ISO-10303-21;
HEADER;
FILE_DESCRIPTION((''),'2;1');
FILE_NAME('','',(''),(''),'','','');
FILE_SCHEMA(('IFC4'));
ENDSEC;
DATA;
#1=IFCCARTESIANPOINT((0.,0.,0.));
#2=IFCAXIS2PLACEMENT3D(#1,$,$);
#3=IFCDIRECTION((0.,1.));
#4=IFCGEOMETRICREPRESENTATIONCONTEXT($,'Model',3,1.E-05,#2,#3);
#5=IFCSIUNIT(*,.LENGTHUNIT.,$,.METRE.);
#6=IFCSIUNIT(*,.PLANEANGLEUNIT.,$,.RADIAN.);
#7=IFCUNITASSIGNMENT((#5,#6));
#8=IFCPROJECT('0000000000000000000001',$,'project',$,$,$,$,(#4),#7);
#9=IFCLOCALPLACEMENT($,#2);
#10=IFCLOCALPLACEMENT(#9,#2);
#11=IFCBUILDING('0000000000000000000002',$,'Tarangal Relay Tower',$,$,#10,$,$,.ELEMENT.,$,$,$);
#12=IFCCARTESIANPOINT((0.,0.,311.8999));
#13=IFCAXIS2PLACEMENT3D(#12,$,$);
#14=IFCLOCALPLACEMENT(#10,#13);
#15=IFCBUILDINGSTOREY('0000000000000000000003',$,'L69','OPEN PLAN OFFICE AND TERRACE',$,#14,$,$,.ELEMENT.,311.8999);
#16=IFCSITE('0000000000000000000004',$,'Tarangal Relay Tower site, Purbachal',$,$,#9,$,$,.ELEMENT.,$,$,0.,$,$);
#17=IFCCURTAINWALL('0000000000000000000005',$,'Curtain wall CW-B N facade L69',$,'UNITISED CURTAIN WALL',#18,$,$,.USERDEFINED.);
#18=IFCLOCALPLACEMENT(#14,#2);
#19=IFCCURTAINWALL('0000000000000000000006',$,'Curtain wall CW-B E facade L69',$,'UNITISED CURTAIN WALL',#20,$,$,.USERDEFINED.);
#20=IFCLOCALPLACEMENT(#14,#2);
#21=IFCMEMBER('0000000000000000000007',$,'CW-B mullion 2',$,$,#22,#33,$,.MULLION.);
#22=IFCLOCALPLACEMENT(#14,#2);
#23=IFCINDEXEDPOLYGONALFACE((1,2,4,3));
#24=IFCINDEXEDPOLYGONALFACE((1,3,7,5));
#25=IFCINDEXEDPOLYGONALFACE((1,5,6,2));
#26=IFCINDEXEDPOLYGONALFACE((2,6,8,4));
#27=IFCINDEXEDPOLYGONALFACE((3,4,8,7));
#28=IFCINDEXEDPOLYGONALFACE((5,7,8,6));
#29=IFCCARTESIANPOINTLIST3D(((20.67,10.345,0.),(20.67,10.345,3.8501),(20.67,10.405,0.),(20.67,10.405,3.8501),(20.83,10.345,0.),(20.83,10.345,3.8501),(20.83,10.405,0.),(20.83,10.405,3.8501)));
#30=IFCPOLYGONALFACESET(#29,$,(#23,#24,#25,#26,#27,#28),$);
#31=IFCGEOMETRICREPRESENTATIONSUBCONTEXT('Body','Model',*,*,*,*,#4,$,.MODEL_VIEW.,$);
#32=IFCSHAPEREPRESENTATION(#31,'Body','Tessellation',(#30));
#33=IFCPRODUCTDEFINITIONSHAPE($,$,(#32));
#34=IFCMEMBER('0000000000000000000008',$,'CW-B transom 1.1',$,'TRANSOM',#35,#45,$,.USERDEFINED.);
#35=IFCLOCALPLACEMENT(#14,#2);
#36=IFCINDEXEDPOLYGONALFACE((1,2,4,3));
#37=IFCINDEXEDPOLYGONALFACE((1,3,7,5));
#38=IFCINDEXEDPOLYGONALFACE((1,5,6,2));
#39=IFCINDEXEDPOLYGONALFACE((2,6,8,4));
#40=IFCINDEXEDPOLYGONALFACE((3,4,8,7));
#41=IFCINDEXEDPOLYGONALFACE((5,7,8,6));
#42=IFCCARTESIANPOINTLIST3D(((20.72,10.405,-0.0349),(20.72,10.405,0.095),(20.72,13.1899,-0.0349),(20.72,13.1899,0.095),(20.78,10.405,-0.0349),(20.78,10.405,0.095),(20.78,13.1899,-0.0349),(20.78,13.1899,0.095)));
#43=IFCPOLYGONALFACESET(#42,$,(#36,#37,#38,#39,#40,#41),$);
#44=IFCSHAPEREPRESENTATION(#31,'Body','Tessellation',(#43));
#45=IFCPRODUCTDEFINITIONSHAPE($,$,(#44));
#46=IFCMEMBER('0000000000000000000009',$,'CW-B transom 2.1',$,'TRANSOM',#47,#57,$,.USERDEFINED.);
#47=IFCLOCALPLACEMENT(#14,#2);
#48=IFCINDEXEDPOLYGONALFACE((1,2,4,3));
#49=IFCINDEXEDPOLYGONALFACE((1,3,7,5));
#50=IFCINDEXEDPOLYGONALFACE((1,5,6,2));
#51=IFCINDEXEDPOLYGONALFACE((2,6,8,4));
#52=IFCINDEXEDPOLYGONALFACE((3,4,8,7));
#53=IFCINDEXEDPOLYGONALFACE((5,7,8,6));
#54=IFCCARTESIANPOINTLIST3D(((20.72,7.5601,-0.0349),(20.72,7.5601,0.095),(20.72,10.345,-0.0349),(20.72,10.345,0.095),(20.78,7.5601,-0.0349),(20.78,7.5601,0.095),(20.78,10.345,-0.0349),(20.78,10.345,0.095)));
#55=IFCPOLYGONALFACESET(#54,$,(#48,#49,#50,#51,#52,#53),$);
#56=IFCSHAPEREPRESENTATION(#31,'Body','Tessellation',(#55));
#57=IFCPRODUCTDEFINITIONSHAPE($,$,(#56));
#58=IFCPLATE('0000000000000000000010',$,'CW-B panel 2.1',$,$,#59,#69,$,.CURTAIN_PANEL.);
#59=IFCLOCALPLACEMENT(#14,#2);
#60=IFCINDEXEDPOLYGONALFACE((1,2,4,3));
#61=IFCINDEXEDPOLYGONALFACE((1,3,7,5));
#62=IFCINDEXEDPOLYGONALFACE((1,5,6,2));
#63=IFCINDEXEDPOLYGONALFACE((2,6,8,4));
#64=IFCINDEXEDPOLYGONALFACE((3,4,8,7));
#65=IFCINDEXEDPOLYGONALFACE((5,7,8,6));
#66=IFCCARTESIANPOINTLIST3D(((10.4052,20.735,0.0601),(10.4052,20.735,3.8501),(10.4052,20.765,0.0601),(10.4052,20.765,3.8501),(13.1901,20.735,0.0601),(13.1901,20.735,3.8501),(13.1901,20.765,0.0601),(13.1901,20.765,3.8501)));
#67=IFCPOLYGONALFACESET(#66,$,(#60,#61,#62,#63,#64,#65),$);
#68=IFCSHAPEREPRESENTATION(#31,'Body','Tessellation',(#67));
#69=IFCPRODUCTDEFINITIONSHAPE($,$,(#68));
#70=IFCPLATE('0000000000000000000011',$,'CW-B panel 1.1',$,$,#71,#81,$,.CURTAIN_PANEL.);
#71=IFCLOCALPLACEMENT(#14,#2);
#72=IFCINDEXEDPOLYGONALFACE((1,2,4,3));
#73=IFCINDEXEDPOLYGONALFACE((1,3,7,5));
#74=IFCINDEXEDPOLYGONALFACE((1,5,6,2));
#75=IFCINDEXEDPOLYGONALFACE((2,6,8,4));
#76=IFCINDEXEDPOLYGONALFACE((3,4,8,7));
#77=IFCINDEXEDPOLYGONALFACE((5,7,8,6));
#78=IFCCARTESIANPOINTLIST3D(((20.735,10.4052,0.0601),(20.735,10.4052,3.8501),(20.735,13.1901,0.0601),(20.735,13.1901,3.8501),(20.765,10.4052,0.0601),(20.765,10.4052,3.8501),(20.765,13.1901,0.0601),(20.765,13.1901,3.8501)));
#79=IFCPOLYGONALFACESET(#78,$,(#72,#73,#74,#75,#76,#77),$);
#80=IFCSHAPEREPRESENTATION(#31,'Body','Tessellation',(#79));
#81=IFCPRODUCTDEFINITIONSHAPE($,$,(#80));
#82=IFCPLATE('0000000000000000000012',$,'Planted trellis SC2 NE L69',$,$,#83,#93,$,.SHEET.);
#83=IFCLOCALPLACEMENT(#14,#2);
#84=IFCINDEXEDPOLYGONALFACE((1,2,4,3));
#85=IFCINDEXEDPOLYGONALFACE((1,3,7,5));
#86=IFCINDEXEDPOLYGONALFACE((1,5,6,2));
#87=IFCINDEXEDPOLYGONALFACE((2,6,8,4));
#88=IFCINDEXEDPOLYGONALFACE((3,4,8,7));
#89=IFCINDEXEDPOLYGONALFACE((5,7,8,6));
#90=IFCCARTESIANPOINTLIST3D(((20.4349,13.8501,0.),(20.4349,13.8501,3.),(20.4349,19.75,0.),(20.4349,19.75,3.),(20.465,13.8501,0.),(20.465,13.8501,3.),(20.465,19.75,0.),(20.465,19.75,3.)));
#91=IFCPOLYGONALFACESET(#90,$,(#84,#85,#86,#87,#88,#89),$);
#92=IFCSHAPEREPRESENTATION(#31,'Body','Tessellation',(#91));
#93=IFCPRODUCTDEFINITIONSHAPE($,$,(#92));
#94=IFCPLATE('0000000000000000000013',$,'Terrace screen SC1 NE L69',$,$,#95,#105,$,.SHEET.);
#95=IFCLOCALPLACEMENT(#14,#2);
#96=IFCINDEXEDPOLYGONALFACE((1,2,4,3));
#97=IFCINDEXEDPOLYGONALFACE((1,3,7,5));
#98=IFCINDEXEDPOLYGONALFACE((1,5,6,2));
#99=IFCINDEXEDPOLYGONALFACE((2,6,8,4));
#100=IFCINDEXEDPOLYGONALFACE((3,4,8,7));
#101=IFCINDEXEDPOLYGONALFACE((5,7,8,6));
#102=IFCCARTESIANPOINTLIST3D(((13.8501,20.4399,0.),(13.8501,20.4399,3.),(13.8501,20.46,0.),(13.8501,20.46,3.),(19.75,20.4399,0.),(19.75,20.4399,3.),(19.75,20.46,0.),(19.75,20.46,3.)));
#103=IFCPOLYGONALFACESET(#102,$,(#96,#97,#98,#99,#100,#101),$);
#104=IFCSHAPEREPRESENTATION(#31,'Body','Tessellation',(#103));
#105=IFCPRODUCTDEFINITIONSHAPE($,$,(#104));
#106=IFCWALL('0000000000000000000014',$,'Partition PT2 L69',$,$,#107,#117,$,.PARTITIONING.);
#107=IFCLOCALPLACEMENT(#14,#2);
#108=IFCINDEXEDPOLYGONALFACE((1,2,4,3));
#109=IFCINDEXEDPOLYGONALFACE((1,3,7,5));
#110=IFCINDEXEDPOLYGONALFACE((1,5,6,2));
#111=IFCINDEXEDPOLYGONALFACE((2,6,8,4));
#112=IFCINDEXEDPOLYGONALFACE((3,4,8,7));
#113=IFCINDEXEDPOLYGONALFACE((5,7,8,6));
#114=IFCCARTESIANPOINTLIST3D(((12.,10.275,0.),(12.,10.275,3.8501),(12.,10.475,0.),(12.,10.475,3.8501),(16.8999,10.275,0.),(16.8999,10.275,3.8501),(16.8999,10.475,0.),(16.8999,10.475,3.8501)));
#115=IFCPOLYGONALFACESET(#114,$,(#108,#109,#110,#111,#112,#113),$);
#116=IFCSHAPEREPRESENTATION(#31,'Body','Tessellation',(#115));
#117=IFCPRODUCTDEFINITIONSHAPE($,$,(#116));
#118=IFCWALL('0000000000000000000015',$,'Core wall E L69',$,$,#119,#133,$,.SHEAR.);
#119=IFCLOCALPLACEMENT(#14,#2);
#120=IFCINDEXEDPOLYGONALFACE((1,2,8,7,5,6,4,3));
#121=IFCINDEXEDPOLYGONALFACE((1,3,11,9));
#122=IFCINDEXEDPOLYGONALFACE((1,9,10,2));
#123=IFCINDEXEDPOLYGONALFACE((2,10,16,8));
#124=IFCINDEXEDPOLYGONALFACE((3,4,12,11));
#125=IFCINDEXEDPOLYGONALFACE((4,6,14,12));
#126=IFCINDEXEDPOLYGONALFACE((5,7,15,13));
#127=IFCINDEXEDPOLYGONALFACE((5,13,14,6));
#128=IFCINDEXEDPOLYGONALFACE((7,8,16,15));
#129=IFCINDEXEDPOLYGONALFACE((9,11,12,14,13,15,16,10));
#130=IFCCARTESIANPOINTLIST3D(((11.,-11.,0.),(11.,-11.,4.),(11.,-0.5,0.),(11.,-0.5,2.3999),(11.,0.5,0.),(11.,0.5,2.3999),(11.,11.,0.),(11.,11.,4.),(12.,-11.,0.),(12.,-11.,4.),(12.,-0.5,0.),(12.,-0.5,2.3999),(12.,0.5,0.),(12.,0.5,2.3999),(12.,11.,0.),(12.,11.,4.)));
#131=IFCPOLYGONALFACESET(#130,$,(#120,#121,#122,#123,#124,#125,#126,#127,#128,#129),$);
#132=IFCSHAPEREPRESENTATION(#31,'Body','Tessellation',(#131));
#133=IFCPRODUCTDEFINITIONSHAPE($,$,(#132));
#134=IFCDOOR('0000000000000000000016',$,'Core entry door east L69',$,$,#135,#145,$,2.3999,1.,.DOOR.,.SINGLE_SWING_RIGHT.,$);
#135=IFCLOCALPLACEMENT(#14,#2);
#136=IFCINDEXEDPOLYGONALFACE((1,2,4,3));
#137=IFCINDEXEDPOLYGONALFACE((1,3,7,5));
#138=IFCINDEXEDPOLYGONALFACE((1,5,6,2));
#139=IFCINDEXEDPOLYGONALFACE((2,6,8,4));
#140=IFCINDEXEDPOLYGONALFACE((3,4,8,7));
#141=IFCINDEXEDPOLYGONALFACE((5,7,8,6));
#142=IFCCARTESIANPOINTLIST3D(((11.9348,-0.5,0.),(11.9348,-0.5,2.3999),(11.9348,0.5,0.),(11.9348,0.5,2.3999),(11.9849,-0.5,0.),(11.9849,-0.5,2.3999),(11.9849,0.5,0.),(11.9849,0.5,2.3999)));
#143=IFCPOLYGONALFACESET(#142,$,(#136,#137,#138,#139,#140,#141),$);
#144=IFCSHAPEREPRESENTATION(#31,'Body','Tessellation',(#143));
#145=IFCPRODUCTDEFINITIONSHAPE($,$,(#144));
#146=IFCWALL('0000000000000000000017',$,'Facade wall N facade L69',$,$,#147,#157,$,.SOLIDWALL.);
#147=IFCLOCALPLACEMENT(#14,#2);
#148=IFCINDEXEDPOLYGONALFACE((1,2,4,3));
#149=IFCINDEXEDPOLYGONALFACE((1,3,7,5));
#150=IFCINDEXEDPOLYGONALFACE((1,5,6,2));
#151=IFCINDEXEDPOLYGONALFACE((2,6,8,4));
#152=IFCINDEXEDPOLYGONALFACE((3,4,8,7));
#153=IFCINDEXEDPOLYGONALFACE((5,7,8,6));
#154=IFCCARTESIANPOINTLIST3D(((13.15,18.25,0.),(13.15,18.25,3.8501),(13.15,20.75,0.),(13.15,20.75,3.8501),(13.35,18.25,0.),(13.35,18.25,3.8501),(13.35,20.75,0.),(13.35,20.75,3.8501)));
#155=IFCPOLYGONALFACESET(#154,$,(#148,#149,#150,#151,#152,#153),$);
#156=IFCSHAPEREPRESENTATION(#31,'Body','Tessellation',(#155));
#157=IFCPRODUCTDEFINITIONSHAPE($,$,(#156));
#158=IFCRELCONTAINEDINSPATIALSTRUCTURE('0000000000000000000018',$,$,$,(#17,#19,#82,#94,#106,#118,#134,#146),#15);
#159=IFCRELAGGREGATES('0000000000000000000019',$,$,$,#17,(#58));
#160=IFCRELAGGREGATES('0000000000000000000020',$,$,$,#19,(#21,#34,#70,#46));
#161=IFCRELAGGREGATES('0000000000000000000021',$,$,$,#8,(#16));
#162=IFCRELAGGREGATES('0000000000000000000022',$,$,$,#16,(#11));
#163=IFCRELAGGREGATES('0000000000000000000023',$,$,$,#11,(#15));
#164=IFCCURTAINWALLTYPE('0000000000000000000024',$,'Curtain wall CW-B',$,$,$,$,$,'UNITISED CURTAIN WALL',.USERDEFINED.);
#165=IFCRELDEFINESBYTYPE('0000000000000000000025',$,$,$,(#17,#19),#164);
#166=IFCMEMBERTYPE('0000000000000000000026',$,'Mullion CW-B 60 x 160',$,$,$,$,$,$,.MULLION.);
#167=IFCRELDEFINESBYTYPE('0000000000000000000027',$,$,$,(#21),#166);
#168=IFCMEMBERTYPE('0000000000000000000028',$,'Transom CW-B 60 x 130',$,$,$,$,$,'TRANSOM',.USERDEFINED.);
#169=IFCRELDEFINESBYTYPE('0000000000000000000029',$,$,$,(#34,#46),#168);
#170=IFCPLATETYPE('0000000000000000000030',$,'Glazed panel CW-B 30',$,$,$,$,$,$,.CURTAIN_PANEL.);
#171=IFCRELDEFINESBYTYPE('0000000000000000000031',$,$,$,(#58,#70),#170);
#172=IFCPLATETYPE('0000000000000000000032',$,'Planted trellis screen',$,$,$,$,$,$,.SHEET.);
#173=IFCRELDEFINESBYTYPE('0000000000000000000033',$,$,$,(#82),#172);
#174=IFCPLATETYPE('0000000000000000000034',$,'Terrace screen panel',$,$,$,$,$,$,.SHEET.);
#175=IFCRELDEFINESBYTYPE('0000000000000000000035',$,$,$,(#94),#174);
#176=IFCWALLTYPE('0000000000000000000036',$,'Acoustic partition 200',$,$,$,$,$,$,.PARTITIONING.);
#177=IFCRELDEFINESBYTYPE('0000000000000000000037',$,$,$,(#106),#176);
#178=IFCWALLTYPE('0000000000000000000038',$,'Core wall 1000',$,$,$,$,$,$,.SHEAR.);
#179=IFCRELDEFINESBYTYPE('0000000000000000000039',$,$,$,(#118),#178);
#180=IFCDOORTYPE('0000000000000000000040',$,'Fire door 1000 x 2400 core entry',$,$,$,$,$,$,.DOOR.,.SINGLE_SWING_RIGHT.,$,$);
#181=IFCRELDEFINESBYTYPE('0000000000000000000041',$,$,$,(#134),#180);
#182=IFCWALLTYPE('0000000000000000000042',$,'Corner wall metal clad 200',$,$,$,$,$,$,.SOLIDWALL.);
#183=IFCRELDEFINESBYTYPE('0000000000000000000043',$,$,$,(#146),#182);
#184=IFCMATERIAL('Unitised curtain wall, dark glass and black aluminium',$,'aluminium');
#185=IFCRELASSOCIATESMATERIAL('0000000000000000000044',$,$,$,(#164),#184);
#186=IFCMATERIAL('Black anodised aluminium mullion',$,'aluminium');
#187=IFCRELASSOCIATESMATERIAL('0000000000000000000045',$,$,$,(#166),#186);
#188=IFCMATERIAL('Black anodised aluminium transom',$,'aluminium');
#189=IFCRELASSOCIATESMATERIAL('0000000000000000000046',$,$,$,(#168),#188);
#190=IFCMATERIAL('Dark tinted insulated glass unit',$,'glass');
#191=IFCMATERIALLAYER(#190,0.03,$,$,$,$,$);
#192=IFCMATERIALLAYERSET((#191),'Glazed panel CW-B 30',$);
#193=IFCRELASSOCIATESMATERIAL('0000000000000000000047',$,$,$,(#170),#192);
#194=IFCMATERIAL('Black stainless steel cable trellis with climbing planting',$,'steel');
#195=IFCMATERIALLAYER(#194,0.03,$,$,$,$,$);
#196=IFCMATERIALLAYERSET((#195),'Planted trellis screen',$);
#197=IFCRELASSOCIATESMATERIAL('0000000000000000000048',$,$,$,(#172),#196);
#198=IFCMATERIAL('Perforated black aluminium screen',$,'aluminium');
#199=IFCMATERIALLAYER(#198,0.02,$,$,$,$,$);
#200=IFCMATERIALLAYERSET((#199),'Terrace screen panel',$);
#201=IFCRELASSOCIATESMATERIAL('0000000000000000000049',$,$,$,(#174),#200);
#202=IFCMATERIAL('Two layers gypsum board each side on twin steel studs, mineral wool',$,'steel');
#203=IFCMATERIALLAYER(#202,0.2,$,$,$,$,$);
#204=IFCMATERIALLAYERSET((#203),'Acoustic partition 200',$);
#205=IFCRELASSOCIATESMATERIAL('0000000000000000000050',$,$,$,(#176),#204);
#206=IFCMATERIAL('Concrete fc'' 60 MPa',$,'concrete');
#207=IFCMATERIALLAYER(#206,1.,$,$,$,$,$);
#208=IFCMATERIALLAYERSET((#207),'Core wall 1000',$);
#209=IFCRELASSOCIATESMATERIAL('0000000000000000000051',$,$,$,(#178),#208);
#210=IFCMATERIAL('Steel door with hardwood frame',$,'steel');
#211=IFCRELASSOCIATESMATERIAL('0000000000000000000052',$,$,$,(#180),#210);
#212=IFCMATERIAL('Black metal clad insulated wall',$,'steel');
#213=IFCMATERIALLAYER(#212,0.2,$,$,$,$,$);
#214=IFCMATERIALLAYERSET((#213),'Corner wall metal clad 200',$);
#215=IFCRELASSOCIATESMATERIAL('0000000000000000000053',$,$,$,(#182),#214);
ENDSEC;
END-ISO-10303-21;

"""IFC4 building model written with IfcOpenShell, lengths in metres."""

from ifc_helpers import new_model, si_unit, direction, frame, frame_2d, origin, origin_2d, place, context, subcontext, project, spatial, rectangle, extrude, material, layer, layer_set, material_profile, profile_set, type_object, element, fill, aggregate, save


model = new_model("IFC4")

# Units and contexts
model_context = context("Model", 3, precision=1e-05, world=origin(), true_north=direction((0.0, 1.0)))
body_context = subcontext(model_context, "Body", "Model", "MODEL_VIEW")
ifc_project = project(units=[si_unit("LENGTHUNIT", "METRE"), si_unit("PLANEANGLEUNIT", "RADIAN")], contexts=[model_context])

# Site, building, storey
site_placement = place(None, origin())
site = spatial("IfcSite", under=ifc_project, at=site_placement, Name="Tarangal Relay Tower site, Purbachal", CompositionType="ELEMENT", RefElevation=0.0)
building_placement = place(site_placement, origin())
building = spatial("IfcBuilding", under=site, at=building_placement, Name="Tarangal Relay Tower", CompositionType="ELEMENT")
storey_placement = place(building_placement, frame((0.0, 0.0, 311.8999)))
storey = spatial("IfcBuildingStorey", under=building, at=storey_placement, Name="L69", Description="OPEN PLAN OFFICE AND TERRACE", CompositionType="ELEMENT", Elevation=311.8999)

# Curtain wall
ifc_material_1 = material(Name="Unitised curtain wall, dark glass and black aluminium", Category="aluminium")
curtain_wall_type = type_object("IfcCurtainWallType", Name="Curtain wall CW-B", ElementType="UNITISED CURTAIN WALL", PredefinedType="USERDEFINED", material=ifc_material_1)
curtain_wall_1_placement = place(storey_placement, origin())
curtain_wall_1 = element("IfcCurtainWall", 1, at=curtain_wall_1_placement, inside=storey, type_object=curtain_wall_type, Name="Curtain wall CW-B N facade L69", ObjectType="UNITISED CURTAIN WALL", PredefinedType="USERDEFINED")
ifc_material_2 = material(Name="Black anodised aluminium mullion", Category="aluminium")
ifc_material_profile_1 = material_profile(ifc_material_2, rectangle(XDim=0.1599, YDim=0.0601, at=origin_2d()), Name="CW-BM 60X160")
ifc_profile_set_1 = profile_set([ifc_material_profile_1], Name="Black anodised aluminium mullion")
member_type_1 = type_object("IfcMemberType", Name="Mullion CW-B 60 x 160", PredefinedType="MULLION", material=ifc_profile_set_1)

# Curtain wall, members
curtain_wall_2_placement = place(storey_placement, origin())
curtain_wall_2 = element("IfcCurtainWall", 2, at=curtain_wall_2_placement, inside=storey, type_object=curtain_wall_type, Name="Curtain wall CW-B E facade L69", ObjectType="UNITISED CURTAIN WALL", PredefinedType="USERDEFINED")
member_1_placement = place(storey_placement, frame((20.75, 10.375, 0.0), z_axis=(0.0, 0.0, 1.0), x_axis=(1.0, 0.0, 0.0)))
member_1 = element("IfcMember", 3, at=member_1_placement, type_object=member_type_1, Name="CW-B mullion 2", PredefinedType="MULLION", context=body_context, shape_type="SweptSolid", body=[
    extrude(rectangle(XDim=0.1599, YDim=0.0601, at=origin_2d()), origin(), (0.0, 0.0, 1.0), 3.8501),
])
ifc_material_3 = material(Name="Black anodised aluminium transom", Category="aluminium")
ifc_material_profile_2 = material_profile(ifc_material_3, rectangle(XDim=0.0601, YDim=0.1299, at=origin_2d()), Name="CW-BT 60X130")
ifc_profile_set_2 = profile_set([ifc_material_profile_2], Name="Black anodised aluminium transom")
member_type_2 = type_object("IfcMemberType", Name="Transom CW-B 60 x 130", ElementType="TRANSOM", PredefinedType="USERDEFINED", material=ifc_profile_set_2)
member_2_placement = place(storey_placement, frame((20.75, 13.1899, 0.03), z_axis=(0.0, -1.0, 0.0), x_axis=(1.0, 0.0, 0.0)))
member_2 = element("IfcMember", 4, at=member_2_placement, type_object=member_type_2, Name="CW-B transom 1.1", ObjectType="TRANSOM", PredefinedType="USERDEFINED", context=body_context, shape_type="SweptSolid", body=[
    extrude(rectangle(XDim=0.0601, YDim=0.1299, at=origin_2d()), origin(), (0.0, 0.0, 1.0), 2.7849),
])
member_3_placement = place(storey_placement, frame((20.75, 10.345, 0.03), z_axis=(0.0, -1.0, 0.0), x_axis=(1.0, 0.0, 0.0)))
member_3 = element("IfcMember", 5, at=member_3_placement, type_object=member_type_2, Name="CW-B transom 2.1", ObjectType="TRANSOM", PredefinedType="USERDEFINED", context=body_context, shape_type="SweptSolid", body=[
    extrude(rectangle(XDim=0.0601, YDim=0.1299, at=origin_2d()), origin(), (0.0, 0.0, 1.0), 2.7849),
])

# Plates
ifc_material_4 = material(Name="Dark tinted insulated glass unit", Category="glass")
ifc_layer_1 = layer(ifc_material_4, 0.03)
ifc_layer_set_1 = layer_set([ifc_layer_1], Name="Glazed panel CW-B 30")
plate_type_1 = type_object("IfcPlateType", Name="Glazed panel CW-B 30", PredefinedType="CURTAIN_PANEL", material=ifc_layer_set_1)
plate_1_placement = place(storey_placement, frame((11.7976, 20.75, 0.0601), z_axis=(0.0, 0.0, 1.0), x_axis=(1.0, 0.0, 0.0)))
plate_1 = element("IfcPlate", 6, at=plate_1_placement, type_object=plate_type_1, Name="CW-B panel 2.1", PredefinedType="CURTAIN_PANEL", context=body_context, shape_type="SweptSolid", body=[
    extrude(rectangle(XDim=2.7849, YDim=0.03, at=origin_2d()), origin(), (0.0, 0.0, 1.0), 3.79),
])
aggregate(curtain_wall_1, [plate_1])
plate_2_placement = place(storey_placement, frame((20.75, 11.7976, 0.0601), z_axis=(0.0, 0.0, 1.0), x_axis=(0.0, -1.0, 0.0)))
plate_2 = element("IfcPlate", 7, at=plate_2_placement, type_object=plate_type_1, Name="CW-B panel 1.1", PredefinedType="CURTAIN_PANEL", context=body_context, shape_type="SweptSolid", body=[
    extrude(rectangle(XDim=2.7849, YDim=0.03, at=origin_2d()), origin(), (0.0, 0.0, 1.0), 3.79),
])
aggregate(curtain_wall_2, [member_1, member_2, plate_2, member_3])

# Plates
ifc_material_5 = material(Name="Black stainless steel cable trellis with climbing planting", Category="steel")
ifc_layer_2 = layer(ifc_material_5, 0.03)
ifc_layer_set_2 = layer_set([ifc_layer_2], Name="Planted trellis screen")
plate_type_2 = type_object("IfcPlateType", Name="Planted trellis screen", PredefinedType="SHEET", material=ifc_layer_set_2)
plate_3_placement = place(storey_placement, frame((20.45, 16.8, 0.0), z_axis=(0.0, 0.0, 1.0), x_axis=(0.0, -1.0, 0.0)))
element("IfcPlate", 8, at=plate_3_placement, inside=storey, type_object=plate_type_2, Name="Planted trellis SC2 NE L69", PredefinedType="SHEET", context=body_context, shape_type="SweptSolid", body=[
    extrude(rectangle(XDim=5.8999, YDim=0.03, at=origin_2d()), origin(), (0.0, 0.0, 1.0), 3.0),
])
ifc_material_6 = material(Name="Perforated black aluminium screen", Category="aluminium")
ifc_layer_3 = layer(ifc_material_6, 0.02)
ifc_layer_set_3 = layer_set([ifc_layer_3], Name="Terrace screen panel")
plate_type_3 = type_object("IfcPlateType", Name="Terrace screen panel", PredefinedType="SHEET", material=ifc_layer_set_3)
plate_4_placement = place(storey_placement, frame((16.8, 20.45, 0.0), z_axis=(0.0, 0.0, 1.0), x_axis=(1.0, 0.0, 0.0)))
element("IfcPlate", 9, at=plate_4_placement, inside=storey, type_object=plate_type_3, Name="Terrace screen SC1 NE L69", PredefinedType="SHEET", context=body_context, shape_type="SweptSolid", body=[
    extrude(rectangle(XDim=5.8999, YDim=0.02, at=origin_2d()), origin(), (0.0, 0.0, 1.0), 3.0),
])

# Wall
ifc_material_7 = material(Name="Two layers gypsum board each side on twin steel studs, mineral wool", Category="steel")
ifc_layer_4 = layer(ifc_material_7, 0.2)
ifc_layer_set_4 = layer_set([ifc_layer_4], Name="Acoustic partition 200")
wall_type_1 = type_object("IfcWallType", Name="Acoustic partition 200", PredefinedType="PARTITIONING", material=ifc_layer_set_4)
wall_1_placement = place(storey_placement, frame((12.0, 10.375, 0.0), z_axis=(0.0, 0.0, 1.0), x_axis=(1.0, 0.0, 0.0)))
element("IfcWall", 10, at=wall_1_placement, inside=storey, type_object=wall_type_1, Name="Partition PT2 L69", PredefinedType="PARTITIONING", context=body_context, shape_type="SweptSolid", body=[
    extrude(rectangle(XDim=4.8999, YDim=0.2, at=frame_2d((2.45, 0.0))), origin(), (0.0, 0.0, 1.0), 3.8501),
])

# Wall, opening, door
ifc_material_8 = material(Name="Concrete fc' 60 MPa", Category="concrete")
ifc_layer_5 = layer(ifc_material_8, 1.0)
ifc_layer_set_5 = layer_set([ifc_layer_5], Name="Core wall 1000")
wall_type_2 = type_object("IfcWallType", Name="Core wall 1000", PredefinedType="SHEAR", material=ifc_layer_set_5)
wall_2_placement = place(storey_placement, frame((11.5, 11.0, 0.0), z_axis=(0.0, 0.0, 1.0), x_axis=(0.0, -1.0, 0.0)))
wall_2 = element("IfcWall", 11, at=wall_2_placement, inside=storey, type_object=wall_type_2, Name="Core wall E L69", PredefinedType="SHEAR", context=body_context, shape_type="SweptSolid", body=[
    extrude(rectangle(XDim=22.0, YDim=1.0, at=frame_2d((11.0, 0.0))), origin(), (0.0, 0.0, 1.0), 4.0),
])
opening_1_placement = place(wall_2_placement, frame((10.5, 0.0, 0.0)))
opening_1 = element("IfcOpeningElement", 12, at=opening_1_placement, cuts=wall_2, PredefinedType="OPENING", context=body_context, shape_type="SweptSolid", body=[
    extrude(rectangle(XDim=1.0, YDim=2.3999, at=frame_2d((0.5, 1.2))), frame((0.0, 0.51, 0.0), z_axis=(0.0, -1.0, 0.0), x_axis=(1.0, 0.0, 0.0)), (0.0, 0.0, 1.0), 1.02),
])
ifc_material_9 = material(Name="Steel door with hardwood frame", Category="steel")
door_type_1 = type_object("IfcDoorType", Name="Fire door 1000 x 2400 core entry", OperationType="SINGLE_SWING_RIGHT", PredefinedType="DOOR", material=ifc_material_9)
door_1_placement = place(opening_1_placement, origin())
door_1 = element("IfcDoor", 13, at=door_1_placement, inside=storey, type_object=door_type_1, Name="Core entry door east L69", OperationType="SINGLE_SWING_RIGHT", OverallHeight=2.3999, OverallWidth=1.0, PredefinedType="DOOR", context=body_context, shape_type="SweptSolid", body=[
    extrude(rectangle(XDim=1.0, YDim=2.3999, at=frame_2d((0.5, 1.2))), frame((0.0, 0.4849, 0.0), z_axis=(0.0, -1.0, 0.0), x_axis=(1.0, 0.0, 0.0)), (0.0, 0.0, 1.0), 0.05),
])
fill(opening_1, door_1)

# Wall
ifc_material_10 = material(Name="Black metal clad insulated wall", Category="steel")
ifc_layer_6 = layer(ifc_material_10, 0.2)
ifc_layer_set_6 = layer_set([ifc_layer_6], Name="Corner wall metal clad 200")
wall_type_3 = type_object("IfcWallType", Name="Corner wall metal clad 200", PredefinedType="SOLIDWALL", material=ifc_layer_set_6)
wall_3_placement = place(storey_placement, frame((13.25, 20.75, 0.0), z_axis=(0.0, 0.0, 1.0), x_axis=(0.0, -1.0, 0.0)))
element("IfcWall", 14, at=wall_3_placement, inside=storey, type_object=wall_type_3, Name="Facade wall N facade L69", PredefinedType="SOLIDWALL", context=body_context, shape_type="SweptSolid", body=[
    extrude(rectangle(XDim=2.5, YDim=0.2, at=frame_2d((1.25, 0.0))), origin(), (0.0, 0.0, 1.0), 3.8501),
])

save(model, "model.ifc")
